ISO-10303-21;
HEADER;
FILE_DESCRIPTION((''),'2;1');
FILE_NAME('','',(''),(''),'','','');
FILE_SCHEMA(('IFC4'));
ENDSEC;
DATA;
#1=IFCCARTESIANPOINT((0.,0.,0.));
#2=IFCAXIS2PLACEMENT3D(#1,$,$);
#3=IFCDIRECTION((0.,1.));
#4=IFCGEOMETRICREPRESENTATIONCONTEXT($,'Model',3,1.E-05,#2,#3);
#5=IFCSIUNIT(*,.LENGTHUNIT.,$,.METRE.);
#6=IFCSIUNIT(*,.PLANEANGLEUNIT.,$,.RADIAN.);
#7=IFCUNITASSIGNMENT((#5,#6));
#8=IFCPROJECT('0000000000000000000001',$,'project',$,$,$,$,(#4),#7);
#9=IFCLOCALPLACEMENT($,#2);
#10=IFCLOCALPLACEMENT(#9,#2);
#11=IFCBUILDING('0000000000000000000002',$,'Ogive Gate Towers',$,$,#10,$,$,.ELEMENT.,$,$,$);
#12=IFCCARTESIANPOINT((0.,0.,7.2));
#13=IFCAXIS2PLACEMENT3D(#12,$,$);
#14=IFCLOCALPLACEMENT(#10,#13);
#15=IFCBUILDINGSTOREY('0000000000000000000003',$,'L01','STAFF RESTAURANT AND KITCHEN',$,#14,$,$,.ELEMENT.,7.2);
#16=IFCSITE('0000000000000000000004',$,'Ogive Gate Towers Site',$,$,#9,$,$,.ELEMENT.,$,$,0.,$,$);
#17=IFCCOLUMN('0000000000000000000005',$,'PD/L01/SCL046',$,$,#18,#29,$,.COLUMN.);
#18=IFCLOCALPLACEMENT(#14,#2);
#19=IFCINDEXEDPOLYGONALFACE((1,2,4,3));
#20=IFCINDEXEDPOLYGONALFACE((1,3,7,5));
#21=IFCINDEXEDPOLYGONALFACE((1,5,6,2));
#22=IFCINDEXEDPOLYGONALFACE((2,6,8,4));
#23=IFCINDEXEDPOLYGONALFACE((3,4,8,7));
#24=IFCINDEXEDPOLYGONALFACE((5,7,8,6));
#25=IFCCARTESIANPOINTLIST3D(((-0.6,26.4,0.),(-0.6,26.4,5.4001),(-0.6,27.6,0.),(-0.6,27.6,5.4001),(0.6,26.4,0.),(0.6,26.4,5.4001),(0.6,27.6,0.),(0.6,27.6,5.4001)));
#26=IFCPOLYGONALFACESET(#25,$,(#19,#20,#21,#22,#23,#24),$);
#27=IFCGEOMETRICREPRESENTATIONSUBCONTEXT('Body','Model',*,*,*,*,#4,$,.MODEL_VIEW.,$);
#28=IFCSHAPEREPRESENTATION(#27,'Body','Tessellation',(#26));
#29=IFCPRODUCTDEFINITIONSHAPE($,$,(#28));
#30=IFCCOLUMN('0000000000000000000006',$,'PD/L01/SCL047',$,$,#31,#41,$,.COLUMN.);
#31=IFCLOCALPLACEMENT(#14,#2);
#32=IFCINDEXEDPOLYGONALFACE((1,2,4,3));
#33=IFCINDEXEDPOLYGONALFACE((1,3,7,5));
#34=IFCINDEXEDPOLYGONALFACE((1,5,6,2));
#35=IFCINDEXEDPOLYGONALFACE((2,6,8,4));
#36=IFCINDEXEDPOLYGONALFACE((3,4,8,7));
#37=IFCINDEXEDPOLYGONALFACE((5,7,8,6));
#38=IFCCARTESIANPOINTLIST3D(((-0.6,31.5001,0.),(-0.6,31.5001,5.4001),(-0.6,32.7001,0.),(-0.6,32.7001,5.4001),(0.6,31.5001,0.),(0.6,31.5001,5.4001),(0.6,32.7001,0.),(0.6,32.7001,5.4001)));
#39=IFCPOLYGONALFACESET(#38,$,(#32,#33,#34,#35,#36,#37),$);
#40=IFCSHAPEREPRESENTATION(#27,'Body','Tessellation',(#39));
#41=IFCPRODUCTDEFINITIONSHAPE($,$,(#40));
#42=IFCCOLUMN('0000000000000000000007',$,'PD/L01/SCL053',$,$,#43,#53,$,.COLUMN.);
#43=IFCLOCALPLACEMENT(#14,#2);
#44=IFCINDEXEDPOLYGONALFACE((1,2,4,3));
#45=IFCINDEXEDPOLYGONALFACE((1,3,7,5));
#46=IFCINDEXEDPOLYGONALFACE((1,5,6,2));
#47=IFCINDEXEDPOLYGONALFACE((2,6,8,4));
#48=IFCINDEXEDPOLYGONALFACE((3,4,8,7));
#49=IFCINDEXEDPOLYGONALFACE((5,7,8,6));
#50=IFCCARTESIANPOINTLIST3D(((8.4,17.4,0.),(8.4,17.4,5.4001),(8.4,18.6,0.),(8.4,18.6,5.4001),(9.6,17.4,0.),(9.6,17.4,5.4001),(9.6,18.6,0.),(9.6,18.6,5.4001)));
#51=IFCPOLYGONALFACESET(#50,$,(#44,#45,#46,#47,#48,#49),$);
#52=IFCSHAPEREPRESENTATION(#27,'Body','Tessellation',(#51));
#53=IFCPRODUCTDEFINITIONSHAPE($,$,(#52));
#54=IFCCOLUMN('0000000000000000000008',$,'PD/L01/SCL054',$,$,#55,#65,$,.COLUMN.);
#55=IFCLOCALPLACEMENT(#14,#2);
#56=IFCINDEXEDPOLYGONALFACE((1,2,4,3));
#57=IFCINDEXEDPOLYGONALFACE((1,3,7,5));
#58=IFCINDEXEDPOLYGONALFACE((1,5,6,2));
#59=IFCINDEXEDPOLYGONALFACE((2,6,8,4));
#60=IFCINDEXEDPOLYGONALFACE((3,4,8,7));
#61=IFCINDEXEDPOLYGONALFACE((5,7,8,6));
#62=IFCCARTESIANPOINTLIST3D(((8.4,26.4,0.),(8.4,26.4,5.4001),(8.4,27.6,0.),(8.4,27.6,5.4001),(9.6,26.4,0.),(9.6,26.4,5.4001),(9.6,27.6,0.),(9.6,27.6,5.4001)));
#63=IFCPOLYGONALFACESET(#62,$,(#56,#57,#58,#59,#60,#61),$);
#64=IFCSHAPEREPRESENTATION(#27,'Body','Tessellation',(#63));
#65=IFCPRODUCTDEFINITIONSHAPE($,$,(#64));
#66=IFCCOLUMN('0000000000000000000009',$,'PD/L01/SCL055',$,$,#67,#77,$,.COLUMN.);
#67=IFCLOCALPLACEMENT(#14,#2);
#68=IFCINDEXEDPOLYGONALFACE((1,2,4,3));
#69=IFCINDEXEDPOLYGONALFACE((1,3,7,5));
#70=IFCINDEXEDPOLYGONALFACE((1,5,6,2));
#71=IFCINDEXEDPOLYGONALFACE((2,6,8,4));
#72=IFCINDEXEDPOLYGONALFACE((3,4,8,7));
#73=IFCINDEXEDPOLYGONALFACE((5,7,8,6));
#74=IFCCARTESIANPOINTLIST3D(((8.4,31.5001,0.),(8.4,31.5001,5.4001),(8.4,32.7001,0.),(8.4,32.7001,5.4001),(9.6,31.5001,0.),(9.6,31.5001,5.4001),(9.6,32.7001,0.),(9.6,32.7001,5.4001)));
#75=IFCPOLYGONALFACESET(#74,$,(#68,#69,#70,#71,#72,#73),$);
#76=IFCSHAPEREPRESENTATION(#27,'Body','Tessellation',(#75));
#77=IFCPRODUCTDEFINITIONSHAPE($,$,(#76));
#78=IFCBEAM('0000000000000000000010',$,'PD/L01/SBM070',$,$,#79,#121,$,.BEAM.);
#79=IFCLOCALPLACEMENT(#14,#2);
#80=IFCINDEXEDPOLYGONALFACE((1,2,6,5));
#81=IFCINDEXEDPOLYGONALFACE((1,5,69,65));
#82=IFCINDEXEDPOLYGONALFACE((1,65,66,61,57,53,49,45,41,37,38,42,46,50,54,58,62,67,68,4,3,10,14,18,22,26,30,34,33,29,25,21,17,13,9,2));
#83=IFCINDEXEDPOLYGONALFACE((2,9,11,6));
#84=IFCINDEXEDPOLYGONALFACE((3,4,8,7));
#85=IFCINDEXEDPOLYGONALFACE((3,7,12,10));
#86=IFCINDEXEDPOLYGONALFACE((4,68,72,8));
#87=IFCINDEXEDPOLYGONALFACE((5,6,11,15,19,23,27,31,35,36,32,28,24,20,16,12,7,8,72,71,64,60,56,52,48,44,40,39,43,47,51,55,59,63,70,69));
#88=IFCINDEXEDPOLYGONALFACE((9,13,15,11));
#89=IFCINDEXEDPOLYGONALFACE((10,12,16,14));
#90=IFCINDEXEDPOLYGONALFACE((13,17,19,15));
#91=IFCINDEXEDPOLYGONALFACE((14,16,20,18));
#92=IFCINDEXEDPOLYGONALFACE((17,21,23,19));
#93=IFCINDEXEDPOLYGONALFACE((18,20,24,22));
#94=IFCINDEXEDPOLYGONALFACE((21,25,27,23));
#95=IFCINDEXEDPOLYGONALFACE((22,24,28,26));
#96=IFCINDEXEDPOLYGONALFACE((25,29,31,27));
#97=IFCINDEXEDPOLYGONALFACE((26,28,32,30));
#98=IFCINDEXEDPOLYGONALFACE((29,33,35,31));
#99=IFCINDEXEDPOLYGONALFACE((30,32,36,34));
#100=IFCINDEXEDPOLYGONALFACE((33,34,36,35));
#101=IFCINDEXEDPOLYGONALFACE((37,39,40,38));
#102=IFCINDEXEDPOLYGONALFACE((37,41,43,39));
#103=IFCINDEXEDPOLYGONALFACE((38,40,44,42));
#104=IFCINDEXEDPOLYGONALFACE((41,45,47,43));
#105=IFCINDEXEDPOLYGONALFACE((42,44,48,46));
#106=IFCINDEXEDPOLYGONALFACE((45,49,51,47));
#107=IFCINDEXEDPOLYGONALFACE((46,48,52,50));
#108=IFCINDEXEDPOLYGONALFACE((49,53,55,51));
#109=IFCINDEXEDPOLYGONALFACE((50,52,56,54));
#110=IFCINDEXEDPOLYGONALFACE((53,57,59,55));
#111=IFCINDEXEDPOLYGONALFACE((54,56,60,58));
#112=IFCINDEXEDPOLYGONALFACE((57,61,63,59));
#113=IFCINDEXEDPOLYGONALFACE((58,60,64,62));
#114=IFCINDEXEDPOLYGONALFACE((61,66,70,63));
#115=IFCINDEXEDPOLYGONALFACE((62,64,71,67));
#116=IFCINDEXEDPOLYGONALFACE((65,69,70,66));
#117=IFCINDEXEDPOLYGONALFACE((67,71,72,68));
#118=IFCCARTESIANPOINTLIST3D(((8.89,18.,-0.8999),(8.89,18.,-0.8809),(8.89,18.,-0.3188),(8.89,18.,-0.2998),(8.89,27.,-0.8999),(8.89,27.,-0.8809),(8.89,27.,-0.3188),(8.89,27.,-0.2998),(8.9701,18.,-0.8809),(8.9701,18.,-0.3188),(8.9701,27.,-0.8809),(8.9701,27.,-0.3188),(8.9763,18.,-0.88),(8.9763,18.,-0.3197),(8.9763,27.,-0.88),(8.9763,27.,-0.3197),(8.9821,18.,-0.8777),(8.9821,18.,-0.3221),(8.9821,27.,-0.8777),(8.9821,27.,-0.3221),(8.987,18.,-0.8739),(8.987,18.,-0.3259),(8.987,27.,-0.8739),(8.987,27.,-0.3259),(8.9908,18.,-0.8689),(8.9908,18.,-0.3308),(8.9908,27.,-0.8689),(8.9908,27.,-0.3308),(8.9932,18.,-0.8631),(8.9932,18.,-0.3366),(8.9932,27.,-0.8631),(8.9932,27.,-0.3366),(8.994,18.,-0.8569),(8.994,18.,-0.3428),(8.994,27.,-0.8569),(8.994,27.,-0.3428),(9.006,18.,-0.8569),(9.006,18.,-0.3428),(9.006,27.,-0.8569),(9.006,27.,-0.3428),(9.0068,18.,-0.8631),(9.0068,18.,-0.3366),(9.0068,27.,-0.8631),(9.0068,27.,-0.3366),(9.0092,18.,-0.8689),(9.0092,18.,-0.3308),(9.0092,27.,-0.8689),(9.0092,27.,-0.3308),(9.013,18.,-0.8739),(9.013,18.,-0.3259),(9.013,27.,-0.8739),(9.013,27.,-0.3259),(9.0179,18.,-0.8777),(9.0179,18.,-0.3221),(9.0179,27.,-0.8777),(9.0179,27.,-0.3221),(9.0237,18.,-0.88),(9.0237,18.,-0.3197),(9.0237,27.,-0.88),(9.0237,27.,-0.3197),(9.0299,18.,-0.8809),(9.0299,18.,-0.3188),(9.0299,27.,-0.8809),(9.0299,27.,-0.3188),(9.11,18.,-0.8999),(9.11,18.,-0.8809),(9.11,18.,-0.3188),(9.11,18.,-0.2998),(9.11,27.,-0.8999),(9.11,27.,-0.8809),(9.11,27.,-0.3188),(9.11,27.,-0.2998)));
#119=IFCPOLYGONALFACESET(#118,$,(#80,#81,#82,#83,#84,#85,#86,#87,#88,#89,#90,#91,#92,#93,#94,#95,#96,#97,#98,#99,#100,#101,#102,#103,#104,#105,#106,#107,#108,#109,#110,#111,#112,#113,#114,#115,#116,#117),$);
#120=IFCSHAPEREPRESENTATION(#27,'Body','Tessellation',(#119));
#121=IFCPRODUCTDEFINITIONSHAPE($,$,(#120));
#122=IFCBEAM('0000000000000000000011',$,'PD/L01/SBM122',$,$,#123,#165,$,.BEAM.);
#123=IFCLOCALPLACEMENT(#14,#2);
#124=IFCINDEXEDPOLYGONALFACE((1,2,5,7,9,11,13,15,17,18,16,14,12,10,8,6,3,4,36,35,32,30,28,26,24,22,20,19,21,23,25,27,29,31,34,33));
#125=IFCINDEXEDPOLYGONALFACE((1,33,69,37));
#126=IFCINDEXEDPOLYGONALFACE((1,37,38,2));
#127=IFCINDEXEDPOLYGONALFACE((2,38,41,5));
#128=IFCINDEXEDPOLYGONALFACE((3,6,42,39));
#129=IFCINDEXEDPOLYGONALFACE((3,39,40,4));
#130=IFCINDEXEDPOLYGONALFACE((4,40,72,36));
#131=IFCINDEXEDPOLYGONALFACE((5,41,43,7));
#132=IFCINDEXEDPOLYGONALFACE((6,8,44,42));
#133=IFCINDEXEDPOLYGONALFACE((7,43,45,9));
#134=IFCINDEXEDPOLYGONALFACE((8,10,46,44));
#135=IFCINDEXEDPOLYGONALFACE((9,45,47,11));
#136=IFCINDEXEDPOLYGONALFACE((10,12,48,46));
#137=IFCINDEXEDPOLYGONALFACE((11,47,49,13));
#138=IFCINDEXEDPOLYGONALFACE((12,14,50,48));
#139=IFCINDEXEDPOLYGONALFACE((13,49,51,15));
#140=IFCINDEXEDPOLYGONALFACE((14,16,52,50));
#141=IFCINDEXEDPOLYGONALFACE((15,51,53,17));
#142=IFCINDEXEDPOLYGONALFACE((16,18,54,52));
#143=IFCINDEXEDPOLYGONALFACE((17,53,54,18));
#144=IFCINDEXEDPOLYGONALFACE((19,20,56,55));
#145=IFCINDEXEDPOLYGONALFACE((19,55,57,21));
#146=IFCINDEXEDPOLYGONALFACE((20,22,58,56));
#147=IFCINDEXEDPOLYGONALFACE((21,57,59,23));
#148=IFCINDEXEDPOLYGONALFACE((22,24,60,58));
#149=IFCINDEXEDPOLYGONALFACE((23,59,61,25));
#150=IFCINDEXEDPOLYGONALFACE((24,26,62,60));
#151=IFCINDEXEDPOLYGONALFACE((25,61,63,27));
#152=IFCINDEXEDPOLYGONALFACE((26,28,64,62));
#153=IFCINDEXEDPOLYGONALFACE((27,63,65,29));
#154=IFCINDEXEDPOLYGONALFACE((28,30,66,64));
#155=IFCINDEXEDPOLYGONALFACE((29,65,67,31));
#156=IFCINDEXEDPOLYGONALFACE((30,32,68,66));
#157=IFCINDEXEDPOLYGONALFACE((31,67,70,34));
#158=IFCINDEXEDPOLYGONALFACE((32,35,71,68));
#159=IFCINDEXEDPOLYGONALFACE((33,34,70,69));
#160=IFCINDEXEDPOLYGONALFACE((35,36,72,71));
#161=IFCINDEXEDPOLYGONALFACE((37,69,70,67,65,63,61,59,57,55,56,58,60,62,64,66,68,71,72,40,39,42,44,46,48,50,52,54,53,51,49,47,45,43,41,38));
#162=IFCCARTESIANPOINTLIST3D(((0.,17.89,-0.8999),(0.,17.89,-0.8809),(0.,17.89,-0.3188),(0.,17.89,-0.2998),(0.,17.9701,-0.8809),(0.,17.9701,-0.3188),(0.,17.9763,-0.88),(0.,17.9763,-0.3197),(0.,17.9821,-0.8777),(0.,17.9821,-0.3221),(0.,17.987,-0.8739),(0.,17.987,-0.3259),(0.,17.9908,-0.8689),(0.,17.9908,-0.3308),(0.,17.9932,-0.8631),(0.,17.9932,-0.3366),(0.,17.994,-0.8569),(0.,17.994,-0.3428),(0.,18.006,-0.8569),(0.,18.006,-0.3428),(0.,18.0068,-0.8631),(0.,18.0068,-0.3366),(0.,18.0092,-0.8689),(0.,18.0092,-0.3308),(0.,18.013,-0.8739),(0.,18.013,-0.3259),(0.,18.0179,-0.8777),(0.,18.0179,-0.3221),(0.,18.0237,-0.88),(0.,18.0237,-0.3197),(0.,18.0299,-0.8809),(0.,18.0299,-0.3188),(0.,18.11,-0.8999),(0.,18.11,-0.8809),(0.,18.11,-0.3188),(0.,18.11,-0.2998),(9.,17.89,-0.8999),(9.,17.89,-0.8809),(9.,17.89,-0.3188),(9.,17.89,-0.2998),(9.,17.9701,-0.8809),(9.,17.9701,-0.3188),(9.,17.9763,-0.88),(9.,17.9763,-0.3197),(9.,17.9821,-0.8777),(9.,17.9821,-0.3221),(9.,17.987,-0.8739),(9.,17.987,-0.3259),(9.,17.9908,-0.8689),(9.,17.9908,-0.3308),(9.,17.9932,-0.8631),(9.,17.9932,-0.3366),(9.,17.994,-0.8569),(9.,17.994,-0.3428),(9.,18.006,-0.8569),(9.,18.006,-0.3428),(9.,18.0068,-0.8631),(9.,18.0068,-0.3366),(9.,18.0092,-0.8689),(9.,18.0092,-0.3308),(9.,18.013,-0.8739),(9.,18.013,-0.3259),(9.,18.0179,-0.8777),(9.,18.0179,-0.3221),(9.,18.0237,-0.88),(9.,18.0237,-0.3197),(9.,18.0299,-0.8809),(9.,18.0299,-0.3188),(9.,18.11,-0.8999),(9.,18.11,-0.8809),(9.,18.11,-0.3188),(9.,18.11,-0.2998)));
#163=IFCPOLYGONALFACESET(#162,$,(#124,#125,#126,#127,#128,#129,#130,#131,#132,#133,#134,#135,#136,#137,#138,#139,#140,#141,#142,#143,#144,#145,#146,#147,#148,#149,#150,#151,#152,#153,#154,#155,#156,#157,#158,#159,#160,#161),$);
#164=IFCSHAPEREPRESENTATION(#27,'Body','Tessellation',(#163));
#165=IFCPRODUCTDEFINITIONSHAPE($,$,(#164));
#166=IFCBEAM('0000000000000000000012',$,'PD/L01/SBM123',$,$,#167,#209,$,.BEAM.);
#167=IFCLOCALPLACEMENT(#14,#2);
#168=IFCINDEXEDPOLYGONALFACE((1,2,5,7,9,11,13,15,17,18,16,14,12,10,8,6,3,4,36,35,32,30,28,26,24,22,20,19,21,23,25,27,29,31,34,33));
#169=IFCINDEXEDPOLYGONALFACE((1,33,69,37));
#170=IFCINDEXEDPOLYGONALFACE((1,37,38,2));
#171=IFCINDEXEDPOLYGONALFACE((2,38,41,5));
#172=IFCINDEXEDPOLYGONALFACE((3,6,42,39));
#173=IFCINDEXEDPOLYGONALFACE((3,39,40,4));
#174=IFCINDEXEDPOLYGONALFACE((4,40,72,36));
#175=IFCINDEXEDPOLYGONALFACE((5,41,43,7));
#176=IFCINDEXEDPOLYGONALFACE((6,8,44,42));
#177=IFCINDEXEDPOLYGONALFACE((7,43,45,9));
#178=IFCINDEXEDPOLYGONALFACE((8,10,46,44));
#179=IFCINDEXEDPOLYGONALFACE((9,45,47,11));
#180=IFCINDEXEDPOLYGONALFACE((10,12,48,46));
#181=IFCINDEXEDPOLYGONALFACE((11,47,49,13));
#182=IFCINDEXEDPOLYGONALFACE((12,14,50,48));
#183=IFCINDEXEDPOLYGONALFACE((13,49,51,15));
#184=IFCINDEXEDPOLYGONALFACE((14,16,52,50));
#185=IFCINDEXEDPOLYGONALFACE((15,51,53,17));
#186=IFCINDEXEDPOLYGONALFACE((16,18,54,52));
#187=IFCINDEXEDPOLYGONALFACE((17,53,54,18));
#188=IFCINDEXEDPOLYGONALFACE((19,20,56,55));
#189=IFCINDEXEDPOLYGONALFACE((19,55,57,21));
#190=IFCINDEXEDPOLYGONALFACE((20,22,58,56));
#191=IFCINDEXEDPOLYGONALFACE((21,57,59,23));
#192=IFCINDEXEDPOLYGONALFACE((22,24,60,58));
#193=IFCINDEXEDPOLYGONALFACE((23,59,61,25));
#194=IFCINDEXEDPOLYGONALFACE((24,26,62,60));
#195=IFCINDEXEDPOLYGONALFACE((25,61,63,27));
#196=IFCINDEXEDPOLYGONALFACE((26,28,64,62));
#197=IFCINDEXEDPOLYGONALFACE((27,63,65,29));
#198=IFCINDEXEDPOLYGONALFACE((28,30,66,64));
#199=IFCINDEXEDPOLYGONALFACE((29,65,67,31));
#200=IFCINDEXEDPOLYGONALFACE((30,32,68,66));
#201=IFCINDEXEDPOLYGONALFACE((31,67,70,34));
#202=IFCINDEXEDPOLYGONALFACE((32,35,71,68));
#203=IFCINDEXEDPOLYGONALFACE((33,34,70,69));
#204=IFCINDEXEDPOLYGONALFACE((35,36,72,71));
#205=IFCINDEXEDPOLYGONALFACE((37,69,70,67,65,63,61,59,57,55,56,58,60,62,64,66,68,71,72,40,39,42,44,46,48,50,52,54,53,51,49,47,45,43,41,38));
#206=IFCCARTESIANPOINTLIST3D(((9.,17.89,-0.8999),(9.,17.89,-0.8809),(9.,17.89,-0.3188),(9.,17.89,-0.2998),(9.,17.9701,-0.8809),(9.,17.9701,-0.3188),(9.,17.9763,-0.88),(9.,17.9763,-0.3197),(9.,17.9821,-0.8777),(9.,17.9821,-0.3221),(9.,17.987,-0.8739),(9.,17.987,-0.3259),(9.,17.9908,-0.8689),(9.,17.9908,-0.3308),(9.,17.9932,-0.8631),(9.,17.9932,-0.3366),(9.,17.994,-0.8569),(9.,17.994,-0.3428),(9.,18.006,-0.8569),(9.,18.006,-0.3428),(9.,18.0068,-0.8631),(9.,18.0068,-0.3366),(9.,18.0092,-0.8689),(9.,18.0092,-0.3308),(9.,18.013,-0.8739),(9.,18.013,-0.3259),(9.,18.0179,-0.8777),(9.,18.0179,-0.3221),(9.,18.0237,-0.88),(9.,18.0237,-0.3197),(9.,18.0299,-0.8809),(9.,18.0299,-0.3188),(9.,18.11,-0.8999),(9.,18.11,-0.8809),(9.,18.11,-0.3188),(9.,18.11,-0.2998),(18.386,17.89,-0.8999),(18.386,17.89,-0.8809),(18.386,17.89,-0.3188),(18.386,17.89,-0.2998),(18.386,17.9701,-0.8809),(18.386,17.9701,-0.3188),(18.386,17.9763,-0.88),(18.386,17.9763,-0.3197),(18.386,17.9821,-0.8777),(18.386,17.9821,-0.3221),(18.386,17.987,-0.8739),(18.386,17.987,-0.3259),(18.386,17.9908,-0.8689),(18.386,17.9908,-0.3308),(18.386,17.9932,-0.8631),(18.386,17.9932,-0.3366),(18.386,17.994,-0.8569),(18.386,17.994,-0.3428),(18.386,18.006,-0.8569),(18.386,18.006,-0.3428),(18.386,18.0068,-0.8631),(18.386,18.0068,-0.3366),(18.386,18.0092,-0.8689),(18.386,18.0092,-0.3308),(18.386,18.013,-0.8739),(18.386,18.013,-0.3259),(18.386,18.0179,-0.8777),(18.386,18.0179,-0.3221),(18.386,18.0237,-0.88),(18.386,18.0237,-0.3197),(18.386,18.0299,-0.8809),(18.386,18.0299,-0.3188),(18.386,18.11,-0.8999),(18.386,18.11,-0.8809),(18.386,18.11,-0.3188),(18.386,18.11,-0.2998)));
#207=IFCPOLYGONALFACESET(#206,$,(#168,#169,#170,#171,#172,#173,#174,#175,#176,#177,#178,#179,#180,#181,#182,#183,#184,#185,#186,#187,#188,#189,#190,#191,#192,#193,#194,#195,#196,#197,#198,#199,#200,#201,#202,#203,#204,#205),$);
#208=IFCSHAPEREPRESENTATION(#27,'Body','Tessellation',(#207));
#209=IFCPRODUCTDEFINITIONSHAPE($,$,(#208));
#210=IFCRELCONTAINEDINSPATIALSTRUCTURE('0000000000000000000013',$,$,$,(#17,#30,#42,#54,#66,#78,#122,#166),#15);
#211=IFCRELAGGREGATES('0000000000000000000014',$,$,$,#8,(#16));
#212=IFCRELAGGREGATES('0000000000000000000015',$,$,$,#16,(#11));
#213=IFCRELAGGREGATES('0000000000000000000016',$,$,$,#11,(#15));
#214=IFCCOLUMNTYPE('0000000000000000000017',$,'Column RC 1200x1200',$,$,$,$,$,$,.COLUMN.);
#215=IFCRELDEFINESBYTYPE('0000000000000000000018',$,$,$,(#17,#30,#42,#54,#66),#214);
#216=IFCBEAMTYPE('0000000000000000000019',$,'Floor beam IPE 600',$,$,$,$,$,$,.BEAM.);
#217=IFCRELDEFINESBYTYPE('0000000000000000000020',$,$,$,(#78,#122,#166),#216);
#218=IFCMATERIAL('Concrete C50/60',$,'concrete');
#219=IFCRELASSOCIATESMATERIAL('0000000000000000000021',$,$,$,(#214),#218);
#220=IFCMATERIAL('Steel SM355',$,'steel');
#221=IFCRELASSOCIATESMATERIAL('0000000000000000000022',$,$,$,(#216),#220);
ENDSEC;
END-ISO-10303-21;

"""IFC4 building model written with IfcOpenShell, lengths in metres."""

from ifc_helpers import new_model, si_unit, direction, frame, origin, origin_2d, place, context, subcontext, project, spatial, rectangle, i_section, extrude, material, material_profile, profile_set, type_object, element, save


model = new_model("IFC4")

# Units and contexts
model_context = context("Model", 3, precision=1e-05, world=origin(), true_north=direction((0.0, 1.0)))
body_context = subcontext(model_context, "Body", "Model", "MODEL_VIEW")
ifc_project = project(units=[si_unit("LENGTHUNIT", "METRE"), si_unit("PLANEANGLEUNIT", "RADIAN")], contexts=[model_context])

# Site, building, storey
site_placement = place(None, origin())
site = spatial("IfcSite", under=ifc_project, at=site_placement, Name="Ogive Gate Towers Site", CompositionType="ELEMENT", RefElevation=0.0)
building_placement = place(site_placement, origin())
building = spatial("IfcBuilding", under=site, at=building_placement, Name="Ogive Gate Towers", CompositionType="ELEMENT")
storey_placement = place(building_placement, frame((0.0, 0.0, 7.2)))
storey = spatial("IfcBuildingStorey", under=building, at=storey_placement, Name="L01", Description="STAFF RESTAURANT AND KITCHEN", CompositionType="ELEMENT", Elevation=7.2)

# Columns
ifc_material_1 = material(Name="Concrete C50/60", Category="concrete")
ifc_material_profile_1 = material_profile(ifc_material_1, rectangle(XDim=1.2, YDim=1.2, at=origin_2d()), Name="RC 1200x1200")
ifc_profile_set_1 = profile_set([ifc_material_profile_1], Name="Concrete C50/60")
column_type = type_object("IfcColumnType", Name="Column RC 1200x1200", PredefinedType="COLUMN", material=ifc_profile_set_1)
for number, where, z_axis, x_axis, name in (
    (1, (0.0, 27.0, 0.0), (0.0, 0.0, 1.0), (1.0, 0.0, 0.0), "PD/L01/SCL046"),
    (2, (0.0, 32.1001, 0.0), (0.0, 0.0, 1.0), (1.0, 0.0, 0.0), "PD/L01/SCL047"),
    (3, (9.0, 18.0, 0.0), (0.0, 0.0, 1.0), (1.0, 0.0, 0.0), "PD/L01/SCL053"),
    (4, (9.0, 27.0, 0.0), (0.0, 0.0, 1.0), (1.0, 0.0, 0.0), "PD/L01/SCL054"),
    (5, (9.0, 32.1001, 0.0), (0.0, 0.0, 1.0), (1.0, 0.0, 0.0), "PD/L01/SCL055"),
):
    element("IfcColumn", number, at=place(storey_placement, frame(where, z_axis=z_axis, x_axis=x_axis)), inside=storey, type_object=column_type, Name=name, PredefinedType="COLUMN", context=body_context, shape_type="SweptSolid", body=[
        extrude(rectangle(XDim=1.2, YDim=1.2, at=origin_2d()), origin(), (0.0, 0.0, 1.0), 5.4001),
    ])

# Beams
ifc_material_2 = material(Name="Steel SM355", Category="steel")
ifc_material_profile_2 = material_profile(ifc_material_2, i_section(OverallWidth=0.22, OverallDepth=0.6001, WebThickness=0.012, FlangeThickness=0.019, FilletRadius=0.0239, at=origin_2d()), Name="IPE 600")
ifc_profile_set_2 = profile_set([ifc_material_profile_2], Name="Steel SM355")
beam_type_1 = type_object("IfcBeamType", Name="Floor beam IPE 600", PredefinedType="BEAM", material=ifc_profile_set_2)
for number, where, z_axis, x_axis, name in (
    (6, (9.0, 18.0, -0.5999), (0.0, 1.0, 0.0), (-1.0, 0.0, 0.0), "PD/L01/SBM070"),
    (7, (0.0, 18.0, -0.5999), (1.0, 0.0, 0.0), (0.0, 1.0, 0.0), "PD/L01/SBM122"),
):
    element("IfcBeam", number, at=place(storey_placement, frame(where, z_axis=z_axis, x_axis=x_axis)), inside=storey, type_object=beam_type_1, Name=name, PredefinedType="BEAM", context=body_context, shape_type="SweptSolid", body=[
        extrude(i_section(OverallWidth=0.22, OverallDepth=0.6001, WebThickness=0.012, FlangeThickness=0.019, FilletRadius=0.0239, at=origin_2d()), origin(), (0.0, 0.0, 1.0), 9.0),
    ])
beam_placement = place(storey_placement, frame((9.0, 18.0, -0.5999), z_axis=(1.0, 0.0, 0.0), x_axis=(0.0, 1.0, 0.0)))
element("IfcBeam", 8, at=beam_placement, inside=storey, type_object=beam_type_1, Name="PD/L01/SBM123", PredefinedType="BEAM", context=body_context, shape_type="SweptSolid", body=[
    extrude(i_section(OverallWidth=0.22, OverallDepth=0.6001, WebThickness=0.012, FlangeThickness=0.019, FilletRadius=0.0239, at=origin_2d()), origin(), (0.0, 0.0, 1.0), 9.386),
])

save(model, "model.ifc")
